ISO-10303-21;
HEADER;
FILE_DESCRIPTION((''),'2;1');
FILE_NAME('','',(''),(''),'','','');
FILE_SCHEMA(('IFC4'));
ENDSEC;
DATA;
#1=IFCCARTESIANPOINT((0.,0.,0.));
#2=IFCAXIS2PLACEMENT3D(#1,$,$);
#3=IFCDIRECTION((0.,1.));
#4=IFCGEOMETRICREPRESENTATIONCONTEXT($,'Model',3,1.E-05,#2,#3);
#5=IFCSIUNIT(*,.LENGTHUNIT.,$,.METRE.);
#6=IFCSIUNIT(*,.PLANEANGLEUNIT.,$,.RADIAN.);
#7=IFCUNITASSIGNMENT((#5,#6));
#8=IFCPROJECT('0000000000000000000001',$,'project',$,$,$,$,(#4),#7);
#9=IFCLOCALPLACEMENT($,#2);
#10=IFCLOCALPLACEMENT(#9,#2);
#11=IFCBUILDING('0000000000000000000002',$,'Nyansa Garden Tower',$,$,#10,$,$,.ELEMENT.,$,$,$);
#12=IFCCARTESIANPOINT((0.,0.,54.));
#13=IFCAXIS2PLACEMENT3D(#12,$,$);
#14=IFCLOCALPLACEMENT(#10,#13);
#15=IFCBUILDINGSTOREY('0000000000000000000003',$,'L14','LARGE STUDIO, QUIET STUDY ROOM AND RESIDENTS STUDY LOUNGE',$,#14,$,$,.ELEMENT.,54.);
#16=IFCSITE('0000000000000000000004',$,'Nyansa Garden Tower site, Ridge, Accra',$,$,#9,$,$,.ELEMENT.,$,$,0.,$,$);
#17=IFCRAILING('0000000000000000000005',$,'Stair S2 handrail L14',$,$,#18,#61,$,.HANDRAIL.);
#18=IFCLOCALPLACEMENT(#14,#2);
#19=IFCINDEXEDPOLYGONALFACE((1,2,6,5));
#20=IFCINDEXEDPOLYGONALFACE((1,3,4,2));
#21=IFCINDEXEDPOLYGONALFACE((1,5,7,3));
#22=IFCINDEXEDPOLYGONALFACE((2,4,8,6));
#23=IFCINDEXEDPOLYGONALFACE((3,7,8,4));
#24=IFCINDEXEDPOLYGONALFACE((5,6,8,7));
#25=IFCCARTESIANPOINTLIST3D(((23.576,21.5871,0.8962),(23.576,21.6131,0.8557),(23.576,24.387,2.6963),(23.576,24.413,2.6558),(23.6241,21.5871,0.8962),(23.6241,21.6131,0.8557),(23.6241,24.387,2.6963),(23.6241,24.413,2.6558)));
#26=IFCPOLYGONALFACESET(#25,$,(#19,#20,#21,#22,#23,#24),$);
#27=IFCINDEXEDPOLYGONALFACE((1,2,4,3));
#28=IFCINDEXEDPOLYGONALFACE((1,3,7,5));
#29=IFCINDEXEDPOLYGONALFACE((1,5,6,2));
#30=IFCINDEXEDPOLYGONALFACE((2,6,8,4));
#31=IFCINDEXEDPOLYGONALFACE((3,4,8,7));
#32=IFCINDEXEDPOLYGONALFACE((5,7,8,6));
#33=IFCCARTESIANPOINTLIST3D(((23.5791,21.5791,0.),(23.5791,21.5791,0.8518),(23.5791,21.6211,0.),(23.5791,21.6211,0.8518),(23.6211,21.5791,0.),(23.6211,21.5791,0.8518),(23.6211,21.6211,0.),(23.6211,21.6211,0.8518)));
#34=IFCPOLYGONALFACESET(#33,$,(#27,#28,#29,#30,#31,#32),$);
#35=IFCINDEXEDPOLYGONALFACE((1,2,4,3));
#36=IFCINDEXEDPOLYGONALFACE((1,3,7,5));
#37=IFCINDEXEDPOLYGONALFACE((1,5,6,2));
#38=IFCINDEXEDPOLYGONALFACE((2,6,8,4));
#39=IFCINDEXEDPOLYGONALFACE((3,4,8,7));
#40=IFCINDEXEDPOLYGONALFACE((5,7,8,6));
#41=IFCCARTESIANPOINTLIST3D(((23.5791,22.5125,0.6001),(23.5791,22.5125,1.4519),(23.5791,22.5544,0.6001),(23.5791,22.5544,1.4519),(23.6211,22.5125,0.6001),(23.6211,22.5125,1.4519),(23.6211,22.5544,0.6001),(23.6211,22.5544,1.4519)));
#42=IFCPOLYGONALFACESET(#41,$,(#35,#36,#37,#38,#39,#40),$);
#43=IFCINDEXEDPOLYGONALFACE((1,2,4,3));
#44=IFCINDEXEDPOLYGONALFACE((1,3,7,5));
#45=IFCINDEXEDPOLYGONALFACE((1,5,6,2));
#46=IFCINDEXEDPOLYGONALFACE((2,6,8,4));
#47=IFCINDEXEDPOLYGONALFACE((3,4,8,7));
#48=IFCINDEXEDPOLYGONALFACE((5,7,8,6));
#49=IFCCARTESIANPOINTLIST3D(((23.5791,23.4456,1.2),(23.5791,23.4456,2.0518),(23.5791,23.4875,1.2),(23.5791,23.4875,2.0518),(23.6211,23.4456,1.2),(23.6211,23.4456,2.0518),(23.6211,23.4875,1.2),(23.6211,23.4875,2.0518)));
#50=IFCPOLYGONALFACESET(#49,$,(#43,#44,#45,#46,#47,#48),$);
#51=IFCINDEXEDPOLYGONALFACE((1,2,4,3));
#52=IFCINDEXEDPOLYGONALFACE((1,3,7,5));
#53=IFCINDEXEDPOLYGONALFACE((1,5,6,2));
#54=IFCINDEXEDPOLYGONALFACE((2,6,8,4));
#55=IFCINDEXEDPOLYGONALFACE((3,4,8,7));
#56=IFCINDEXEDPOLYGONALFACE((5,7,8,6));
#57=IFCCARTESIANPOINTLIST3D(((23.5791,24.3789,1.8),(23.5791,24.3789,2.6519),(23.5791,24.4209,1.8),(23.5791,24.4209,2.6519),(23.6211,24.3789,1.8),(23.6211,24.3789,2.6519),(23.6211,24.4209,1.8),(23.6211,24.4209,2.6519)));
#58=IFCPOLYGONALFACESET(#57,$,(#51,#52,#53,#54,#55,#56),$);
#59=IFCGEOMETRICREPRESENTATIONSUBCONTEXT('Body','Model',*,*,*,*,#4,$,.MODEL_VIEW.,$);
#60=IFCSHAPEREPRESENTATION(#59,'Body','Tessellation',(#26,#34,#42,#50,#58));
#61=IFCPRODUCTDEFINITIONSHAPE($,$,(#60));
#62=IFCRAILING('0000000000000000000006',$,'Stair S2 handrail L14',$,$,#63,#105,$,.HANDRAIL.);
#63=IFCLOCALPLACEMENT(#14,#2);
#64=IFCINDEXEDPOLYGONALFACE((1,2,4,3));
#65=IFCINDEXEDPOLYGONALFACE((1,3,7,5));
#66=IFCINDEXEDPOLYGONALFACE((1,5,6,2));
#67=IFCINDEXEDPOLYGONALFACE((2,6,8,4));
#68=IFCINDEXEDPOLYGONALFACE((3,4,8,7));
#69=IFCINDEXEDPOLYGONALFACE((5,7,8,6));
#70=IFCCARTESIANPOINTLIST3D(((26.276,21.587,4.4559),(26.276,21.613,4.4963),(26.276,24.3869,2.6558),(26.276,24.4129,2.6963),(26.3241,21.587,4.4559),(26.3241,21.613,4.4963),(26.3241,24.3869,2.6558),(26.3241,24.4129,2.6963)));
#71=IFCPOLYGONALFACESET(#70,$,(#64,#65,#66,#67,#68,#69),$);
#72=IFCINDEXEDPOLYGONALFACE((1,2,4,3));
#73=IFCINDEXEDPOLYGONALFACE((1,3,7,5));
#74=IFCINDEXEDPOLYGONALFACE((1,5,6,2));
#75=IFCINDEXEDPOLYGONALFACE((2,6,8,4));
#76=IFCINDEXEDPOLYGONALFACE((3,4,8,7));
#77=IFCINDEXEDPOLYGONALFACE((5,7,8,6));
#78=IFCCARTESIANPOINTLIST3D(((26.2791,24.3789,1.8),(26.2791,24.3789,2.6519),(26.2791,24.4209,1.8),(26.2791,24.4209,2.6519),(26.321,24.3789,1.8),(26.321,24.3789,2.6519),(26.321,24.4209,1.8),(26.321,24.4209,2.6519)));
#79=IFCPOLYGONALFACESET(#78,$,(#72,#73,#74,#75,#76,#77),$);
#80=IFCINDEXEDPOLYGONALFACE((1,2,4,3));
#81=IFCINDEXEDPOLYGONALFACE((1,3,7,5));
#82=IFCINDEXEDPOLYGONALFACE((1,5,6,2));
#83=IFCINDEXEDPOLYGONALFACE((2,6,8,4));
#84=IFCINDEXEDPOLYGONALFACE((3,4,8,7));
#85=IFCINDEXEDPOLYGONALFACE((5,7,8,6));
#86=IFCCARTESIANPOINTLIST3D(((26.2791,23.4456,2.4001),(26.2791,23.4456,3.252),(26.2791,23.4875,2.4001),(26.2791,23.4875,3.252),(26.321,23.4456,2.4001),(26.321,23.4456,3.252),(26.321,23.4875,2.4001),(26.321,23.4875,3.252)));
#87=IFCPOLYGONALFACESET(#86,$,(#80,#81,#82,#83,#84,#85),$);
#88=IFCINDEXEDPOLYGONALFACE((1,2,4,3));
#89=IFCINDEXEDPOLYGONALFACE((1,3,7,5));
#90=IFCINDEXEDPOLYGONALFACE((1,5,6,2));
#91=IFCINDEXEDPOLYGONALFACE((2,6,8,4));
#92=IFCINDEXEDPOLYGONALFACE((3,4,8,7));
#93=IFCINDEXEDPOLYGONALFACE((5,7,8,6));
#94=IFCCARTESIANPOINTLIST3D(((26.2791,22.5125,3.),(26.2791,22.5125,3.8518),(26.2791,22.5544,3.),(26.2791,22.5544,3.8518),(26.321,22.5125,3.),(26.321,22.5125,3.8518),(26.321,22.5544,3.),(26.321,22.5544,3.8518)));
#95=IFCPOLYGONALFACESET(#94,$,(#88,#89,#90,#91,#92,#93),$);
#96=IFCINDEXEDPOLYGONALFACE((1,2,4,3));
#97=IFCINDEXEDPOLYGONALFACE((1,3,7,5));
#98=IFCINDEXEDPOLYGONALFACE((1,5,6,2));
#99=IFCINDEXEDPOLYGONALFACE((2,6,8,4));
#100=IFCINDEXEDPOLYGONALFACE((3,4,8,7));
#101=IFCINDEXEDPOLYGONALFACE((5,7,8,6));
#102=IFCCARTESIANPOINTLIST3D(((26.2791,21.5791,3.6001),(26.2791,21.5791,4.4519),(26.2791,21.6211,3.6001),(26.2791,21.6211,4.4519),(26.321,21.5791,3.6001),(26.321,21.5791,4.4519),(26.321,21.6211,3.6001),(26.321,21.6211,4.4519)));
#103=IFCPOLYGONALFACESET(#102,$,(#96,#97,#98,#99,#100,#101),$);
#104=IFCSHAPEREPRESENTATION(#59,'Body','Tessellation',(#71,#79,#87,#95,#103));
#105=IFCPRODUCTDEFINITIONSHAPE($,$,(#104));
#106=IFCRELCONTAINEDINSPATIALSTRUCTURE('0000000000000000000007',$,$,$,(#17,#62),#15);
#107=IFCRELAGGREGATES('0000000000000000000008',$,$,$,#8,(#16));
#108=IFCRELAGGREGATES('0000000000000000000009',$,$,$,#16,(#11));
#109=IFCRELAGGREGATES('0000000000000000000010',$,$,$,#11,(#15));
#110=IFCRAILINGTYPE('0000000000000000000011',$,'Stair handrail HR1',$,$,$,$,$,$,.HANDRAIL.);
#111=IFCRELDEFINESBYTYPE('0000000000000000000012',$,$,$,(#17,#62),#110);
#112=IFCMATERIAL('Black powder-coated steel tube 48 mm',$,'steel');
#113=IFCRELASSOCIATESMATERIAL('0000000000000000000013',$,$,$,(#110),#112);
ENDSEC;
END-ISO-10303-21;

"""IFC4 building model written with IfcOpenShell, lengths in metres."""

from ifc_helpers import new_model, si_unit, direction, frame, origin, origin_2d, place, context, subcontext, project, spatial, rectangle, extrude, material, type_object, element, save


model = new_model("IFC4")

# Units and contexts
model_context = context("Model", 3, precision=1e-05, world=origin(), true_north=direction((0.0, 1.0)))
body_context = subcontext(model_context, "Body", "Model", "MODEL_VIEW")
ifc_project = project(units=[si_unit("LENGTHUNIT", "METRE"), si_unit("PLANEANGLEUNIT", "RADIAN")], contexts=[model_context])

# Site, building, storey
site_placement = place(None, origin())
site = spatial("IfcSite", under=ifc_project, at=site_placement, Name="Nyansa Garden Tower site, Ridge, Accra", CompositionType="ELEMENT", RefElevation=0.0)
building_placement = place(site_placement, origin())
building = spatial("IfcBuilding", under=site, at=building_placement, Name="Nyansa Garden Tower", CompositionType="ELEMENT")
storey_placement = place(building_placement, frame((0.0, 0.0, 54.0)))
storey = spatial("IfcBuildingStorey", under=building, at=storey_placement, Name="L14", Description="LARGE STUDIO, QUIET STUDY ROOM AND RESIDENTS STUDY LOUNGE", CompositionType="ELEMENT", Elevation=54.0)

# Railings
ifc_material_1 = material(Name="Black powder-coated steel tube 48 mm", Category="steel")
railing_type = type_object("IfcRailingType", Name="Stair handrail HR1", PredefinedType="HANDRAIL", material=ifc_material_1)
railing_1_placement = place(storey_placement, frame((23.6001, 21.6001, 0.0)))
element("IfcRailing", 1, at=railing_1_placement, inside=storey, type_object=railing_type, Name="Stair S2 handrail L14", PredefinedType="HANDRAIL", context=body_context, shape_type="SweptSolid", body=[
    extrude(rectangle(XDim=0.0481, YDim=0.0481, at=origin_2d()), frame((0.0, 0.0, 0.876), z_axis=(0.0, 0.841155, 0.540795), x_axis=(-1.0, 0.0, 0.0)), (0.0, 0.0, 1.0), 3.3286),
    extrude(rectangle(XDim=0.042, YDim=0.042, at=origin_2d()), origin(), (0.0, 0.0, 1.0), 0.8518),
    extrude(rectangle(XDim=0.042, YDim=0.042, at=origin_2d()), frame((0.0, 0.9333, 0.6001)), (0.0, 0.0, 1.0), 0.8518),
    extrude(rectangle(XDim=0.042, YDim=0.042, at=origin_2d()), frame((0.0, 1.8665, 1.2)), (0.0, 0.0, 1.0), 0.8518),
    extrude(rectangle(XDim=0.042, YDim=0.042, at=origin_2d()), frame((0.0, 2.7998, 1.8)), (0.0, 0.0, 1.0), 0.8518),
])
railing_2_placement = place(storey_placement, frame((26.3, 24.3999, 1.8)))
element("IfcRailing", 2, at=railing_2_placement, inside=storey, type_object=railing_type, Name="Stair S2 handrail L14", PredefinedType="HANDRAIL", context=body_context, shape_type="SweptSolid", body=[
    extrude(rectangle(XDim=0.0481, YDim=0.0481, at=origin_2d()), frame((0.0, 0.0, 0.876), z_axis=(0.0, -0.841155, 0.540795), x_axis=(1.0, 0.0, 0.0)), (0.0, 0.0, 1.0), 3.3286),
    extrude(rectangle(XDim=0.042, YDim=0.042, at=origin_2d()), origin(), (0.0, 0.0, 1.0), 0.8518),
    extrude(rectangle(XDim=0.042, YDim=0.042, at=origin_2d()), frame((0.0, -0.9333, 0.6001)), (0.0, 0.0, 1.0), 0.8518),
    extrude(rectangle(XDim=0.042, YDim=0.042, at=origin_2d()), frame((0.0, -1.8665, 1.2)), (0.0, 0.0, 1.0), 0.8518),
    extrude(rectangle(XDim=0.042, YDim=0.042, at=origin_2d()), frame((0.0, -2.7998, 1.8)), (0.0, 0.0, 1.0), 0.8518),
])

save(model, "model.ifc")
